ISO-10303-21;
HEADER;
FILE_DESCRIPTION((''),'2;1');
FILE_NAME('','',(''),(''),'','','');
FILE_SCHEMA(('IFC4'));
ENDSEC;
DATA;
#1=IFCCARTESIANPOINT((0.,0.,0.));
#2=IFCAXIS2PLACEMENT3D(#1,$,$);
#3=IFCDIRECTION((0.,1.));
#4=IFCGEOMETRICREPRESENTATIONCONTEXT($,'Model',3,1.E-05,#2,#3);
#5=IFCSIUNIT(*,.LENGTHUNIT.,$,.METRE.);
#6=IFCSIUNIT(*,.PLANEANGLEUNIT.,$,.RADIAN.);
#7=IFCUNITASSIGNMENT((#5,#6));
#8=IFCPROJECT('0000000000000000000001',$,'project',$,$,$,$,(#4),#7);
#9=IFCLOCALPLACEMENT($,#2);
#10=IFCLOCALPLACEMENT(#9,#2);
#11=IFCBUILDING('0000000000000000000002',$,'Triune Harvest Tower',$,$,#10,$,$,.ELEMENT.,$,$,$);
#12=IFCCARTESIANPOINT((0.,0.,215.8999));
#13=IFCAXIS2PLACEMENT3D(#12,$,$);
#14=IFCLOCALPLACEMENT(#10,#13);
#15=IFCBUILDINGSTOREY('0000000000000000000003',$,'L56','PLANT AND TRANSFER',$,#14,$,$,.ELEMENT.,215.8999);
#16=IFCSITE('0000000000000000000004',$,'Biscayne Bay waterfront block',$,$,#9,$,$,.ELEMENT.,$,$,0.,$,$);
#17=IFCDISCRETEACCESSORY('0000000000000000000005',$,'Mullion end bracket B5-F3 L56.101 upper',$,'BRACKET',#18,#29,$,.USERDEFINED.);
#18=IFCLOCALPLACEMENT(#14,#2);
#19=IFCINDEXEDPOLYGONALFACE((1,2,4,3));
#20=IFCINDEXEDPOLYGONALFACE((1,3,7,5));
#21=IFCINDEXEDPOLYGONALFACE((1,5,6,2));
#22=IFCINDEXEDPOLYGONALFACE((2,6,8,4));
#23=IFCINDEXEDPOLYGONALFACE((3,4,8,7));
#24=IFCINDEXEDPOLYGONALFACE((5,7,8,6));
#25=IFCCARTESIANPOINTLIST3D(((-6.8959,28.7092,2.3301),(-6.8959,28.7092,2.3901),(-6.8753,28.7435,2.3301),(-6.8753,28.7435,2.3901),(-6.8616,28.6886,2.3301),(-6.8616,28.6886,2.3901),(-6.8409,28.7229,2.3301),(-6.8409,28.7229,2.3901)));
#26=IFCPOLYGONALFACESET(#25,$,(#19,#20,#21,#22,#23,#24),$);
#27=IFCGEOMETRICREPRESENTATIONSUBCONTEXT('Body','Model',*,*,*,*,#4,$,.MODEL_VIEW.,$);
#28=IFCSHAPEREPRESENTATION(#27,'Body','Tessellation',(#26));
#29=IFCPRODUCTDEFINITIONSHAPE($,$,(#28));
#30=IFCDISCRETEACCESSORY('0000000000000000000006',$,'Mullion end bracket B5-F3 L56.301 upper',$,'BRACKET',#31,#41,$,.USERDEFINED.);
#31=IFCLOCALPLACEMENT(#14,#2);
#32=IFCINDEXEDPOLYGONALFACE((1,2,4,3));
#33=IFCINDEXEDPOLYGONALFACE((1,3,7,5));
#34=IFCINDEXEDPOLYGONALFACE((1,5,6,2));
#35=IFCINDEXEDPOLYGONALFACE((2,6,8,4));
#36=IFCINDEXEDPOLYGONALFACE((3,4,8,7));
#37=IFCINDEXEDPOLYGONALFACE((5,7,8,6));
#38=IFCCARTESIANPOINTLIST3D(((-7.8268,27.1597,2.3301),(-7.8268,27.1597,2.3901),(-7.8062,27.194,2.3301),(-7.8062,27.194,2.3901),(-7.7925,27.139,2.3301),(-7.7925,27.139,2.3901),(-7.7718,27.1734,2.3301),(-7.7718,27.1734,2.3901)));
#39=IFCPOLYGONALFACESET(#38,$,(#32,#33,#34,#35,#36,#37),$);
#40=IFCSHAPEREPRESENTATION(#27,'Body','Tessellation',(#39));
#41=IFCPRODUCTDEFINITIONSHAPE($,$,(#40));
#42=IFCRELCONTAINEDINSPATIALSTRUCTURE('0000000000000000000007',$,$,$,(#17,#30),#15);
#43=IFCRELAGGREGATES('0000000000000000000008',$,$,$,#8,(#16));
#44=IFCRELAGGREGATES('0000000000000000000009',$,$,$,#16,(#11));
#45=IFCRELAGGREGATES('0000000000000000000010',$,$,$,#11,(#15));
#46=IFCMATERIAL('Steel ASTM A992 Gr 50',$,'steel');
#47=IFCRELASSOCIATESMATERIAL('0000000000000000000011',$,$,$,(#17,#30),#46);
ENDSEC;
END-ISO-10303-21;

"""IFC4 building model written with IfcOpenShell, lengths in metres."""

from ifc_helpers import new_model, si_unit, direction, frame, origin, origin_2d, place, context, subcontext, project, spatial, rectangle, extrude, source, transform, mapped, material, element, save


model = new_model("IFC4")

# Units and contexts
model_context = context("Model", 3, precision=1e-05, world=origin(), true_north=direction((0.0, 1.0)))
body_context = subcontext(model_context, "Body", "Model", "MODEL_VIEW")
ifc_project = project(units=[si_unit("LENGTHUNIT", "METRE"), si_unit("PLANEANGLEUNIT", "RADIAN")], contexts=[model_context])

# Site, building, storey
site_placement = place(None, origin())
site = spatial("IfcSite", under=ifc_project, at=site_placement, Name="Biscayne Bay waterfront block", CompositionType="ELEMENT", RefElevation=0.0)
building_placement = place(site_placement, origin())
building = spatial("IfcBuilding", under=site, at=building_placement, Name="Triune Harvest Tower", CompositionType="ELEMENT")
storey_placement = place(building_placement, frame((0.0, 0.0, 215.8999)))
storey = spatial("IfcBuildingStorey", under=building, at=storey_placement, Name="L56", Description="PLANT AND TRANSFER", CompositionType="ELEMENT", Elevation=215.8999)

# Discrete accessories
ifc_material_1 = material(Name="Steel ASTM A992 Gr 50", Category="steel")
shared_shape_1 = source(origin(), body_context, "Body", "SweptSolid", [
    extrude(rectangle(XDim=0.04, YDim=0.04, at=origin_2d()), origin(), (0.0, 0.0, 1.0), 0.0601),
])
for number, where, z_axis, x_axis, name in (
    (1, (-6.8684, 28.7161, 2.3301), (0.0, 0.0, 1.0), (-0.515035, -0.857169, 0.0), "Mullion end bracket B5-F3 L56.101 upper"),
    (2, (-7.7993, 27.1665, 2.3301), (0.0, 0.0, 1.0), (-0.514969, -0.857209, 0.0), "Mullion end bracket B5-F3 L56.301 upper"),
):
    element("IfcDiscreteAccessory", number, at=place(storey_placement, frame(where, z_axis=z_axis, x_axis=x_axis)), inside=storey, material=ifc_material_1, Name=name, ObjectType="BRACKET", PredefinedType="USERDEFINED", context=body_context, shape_type="MappedRepresentation", body=[
        mapped(shared_shape_1, transform((0.0, 0.0, 0.0), scale=1.0)),
    ])

save(model, "model.ifc")
